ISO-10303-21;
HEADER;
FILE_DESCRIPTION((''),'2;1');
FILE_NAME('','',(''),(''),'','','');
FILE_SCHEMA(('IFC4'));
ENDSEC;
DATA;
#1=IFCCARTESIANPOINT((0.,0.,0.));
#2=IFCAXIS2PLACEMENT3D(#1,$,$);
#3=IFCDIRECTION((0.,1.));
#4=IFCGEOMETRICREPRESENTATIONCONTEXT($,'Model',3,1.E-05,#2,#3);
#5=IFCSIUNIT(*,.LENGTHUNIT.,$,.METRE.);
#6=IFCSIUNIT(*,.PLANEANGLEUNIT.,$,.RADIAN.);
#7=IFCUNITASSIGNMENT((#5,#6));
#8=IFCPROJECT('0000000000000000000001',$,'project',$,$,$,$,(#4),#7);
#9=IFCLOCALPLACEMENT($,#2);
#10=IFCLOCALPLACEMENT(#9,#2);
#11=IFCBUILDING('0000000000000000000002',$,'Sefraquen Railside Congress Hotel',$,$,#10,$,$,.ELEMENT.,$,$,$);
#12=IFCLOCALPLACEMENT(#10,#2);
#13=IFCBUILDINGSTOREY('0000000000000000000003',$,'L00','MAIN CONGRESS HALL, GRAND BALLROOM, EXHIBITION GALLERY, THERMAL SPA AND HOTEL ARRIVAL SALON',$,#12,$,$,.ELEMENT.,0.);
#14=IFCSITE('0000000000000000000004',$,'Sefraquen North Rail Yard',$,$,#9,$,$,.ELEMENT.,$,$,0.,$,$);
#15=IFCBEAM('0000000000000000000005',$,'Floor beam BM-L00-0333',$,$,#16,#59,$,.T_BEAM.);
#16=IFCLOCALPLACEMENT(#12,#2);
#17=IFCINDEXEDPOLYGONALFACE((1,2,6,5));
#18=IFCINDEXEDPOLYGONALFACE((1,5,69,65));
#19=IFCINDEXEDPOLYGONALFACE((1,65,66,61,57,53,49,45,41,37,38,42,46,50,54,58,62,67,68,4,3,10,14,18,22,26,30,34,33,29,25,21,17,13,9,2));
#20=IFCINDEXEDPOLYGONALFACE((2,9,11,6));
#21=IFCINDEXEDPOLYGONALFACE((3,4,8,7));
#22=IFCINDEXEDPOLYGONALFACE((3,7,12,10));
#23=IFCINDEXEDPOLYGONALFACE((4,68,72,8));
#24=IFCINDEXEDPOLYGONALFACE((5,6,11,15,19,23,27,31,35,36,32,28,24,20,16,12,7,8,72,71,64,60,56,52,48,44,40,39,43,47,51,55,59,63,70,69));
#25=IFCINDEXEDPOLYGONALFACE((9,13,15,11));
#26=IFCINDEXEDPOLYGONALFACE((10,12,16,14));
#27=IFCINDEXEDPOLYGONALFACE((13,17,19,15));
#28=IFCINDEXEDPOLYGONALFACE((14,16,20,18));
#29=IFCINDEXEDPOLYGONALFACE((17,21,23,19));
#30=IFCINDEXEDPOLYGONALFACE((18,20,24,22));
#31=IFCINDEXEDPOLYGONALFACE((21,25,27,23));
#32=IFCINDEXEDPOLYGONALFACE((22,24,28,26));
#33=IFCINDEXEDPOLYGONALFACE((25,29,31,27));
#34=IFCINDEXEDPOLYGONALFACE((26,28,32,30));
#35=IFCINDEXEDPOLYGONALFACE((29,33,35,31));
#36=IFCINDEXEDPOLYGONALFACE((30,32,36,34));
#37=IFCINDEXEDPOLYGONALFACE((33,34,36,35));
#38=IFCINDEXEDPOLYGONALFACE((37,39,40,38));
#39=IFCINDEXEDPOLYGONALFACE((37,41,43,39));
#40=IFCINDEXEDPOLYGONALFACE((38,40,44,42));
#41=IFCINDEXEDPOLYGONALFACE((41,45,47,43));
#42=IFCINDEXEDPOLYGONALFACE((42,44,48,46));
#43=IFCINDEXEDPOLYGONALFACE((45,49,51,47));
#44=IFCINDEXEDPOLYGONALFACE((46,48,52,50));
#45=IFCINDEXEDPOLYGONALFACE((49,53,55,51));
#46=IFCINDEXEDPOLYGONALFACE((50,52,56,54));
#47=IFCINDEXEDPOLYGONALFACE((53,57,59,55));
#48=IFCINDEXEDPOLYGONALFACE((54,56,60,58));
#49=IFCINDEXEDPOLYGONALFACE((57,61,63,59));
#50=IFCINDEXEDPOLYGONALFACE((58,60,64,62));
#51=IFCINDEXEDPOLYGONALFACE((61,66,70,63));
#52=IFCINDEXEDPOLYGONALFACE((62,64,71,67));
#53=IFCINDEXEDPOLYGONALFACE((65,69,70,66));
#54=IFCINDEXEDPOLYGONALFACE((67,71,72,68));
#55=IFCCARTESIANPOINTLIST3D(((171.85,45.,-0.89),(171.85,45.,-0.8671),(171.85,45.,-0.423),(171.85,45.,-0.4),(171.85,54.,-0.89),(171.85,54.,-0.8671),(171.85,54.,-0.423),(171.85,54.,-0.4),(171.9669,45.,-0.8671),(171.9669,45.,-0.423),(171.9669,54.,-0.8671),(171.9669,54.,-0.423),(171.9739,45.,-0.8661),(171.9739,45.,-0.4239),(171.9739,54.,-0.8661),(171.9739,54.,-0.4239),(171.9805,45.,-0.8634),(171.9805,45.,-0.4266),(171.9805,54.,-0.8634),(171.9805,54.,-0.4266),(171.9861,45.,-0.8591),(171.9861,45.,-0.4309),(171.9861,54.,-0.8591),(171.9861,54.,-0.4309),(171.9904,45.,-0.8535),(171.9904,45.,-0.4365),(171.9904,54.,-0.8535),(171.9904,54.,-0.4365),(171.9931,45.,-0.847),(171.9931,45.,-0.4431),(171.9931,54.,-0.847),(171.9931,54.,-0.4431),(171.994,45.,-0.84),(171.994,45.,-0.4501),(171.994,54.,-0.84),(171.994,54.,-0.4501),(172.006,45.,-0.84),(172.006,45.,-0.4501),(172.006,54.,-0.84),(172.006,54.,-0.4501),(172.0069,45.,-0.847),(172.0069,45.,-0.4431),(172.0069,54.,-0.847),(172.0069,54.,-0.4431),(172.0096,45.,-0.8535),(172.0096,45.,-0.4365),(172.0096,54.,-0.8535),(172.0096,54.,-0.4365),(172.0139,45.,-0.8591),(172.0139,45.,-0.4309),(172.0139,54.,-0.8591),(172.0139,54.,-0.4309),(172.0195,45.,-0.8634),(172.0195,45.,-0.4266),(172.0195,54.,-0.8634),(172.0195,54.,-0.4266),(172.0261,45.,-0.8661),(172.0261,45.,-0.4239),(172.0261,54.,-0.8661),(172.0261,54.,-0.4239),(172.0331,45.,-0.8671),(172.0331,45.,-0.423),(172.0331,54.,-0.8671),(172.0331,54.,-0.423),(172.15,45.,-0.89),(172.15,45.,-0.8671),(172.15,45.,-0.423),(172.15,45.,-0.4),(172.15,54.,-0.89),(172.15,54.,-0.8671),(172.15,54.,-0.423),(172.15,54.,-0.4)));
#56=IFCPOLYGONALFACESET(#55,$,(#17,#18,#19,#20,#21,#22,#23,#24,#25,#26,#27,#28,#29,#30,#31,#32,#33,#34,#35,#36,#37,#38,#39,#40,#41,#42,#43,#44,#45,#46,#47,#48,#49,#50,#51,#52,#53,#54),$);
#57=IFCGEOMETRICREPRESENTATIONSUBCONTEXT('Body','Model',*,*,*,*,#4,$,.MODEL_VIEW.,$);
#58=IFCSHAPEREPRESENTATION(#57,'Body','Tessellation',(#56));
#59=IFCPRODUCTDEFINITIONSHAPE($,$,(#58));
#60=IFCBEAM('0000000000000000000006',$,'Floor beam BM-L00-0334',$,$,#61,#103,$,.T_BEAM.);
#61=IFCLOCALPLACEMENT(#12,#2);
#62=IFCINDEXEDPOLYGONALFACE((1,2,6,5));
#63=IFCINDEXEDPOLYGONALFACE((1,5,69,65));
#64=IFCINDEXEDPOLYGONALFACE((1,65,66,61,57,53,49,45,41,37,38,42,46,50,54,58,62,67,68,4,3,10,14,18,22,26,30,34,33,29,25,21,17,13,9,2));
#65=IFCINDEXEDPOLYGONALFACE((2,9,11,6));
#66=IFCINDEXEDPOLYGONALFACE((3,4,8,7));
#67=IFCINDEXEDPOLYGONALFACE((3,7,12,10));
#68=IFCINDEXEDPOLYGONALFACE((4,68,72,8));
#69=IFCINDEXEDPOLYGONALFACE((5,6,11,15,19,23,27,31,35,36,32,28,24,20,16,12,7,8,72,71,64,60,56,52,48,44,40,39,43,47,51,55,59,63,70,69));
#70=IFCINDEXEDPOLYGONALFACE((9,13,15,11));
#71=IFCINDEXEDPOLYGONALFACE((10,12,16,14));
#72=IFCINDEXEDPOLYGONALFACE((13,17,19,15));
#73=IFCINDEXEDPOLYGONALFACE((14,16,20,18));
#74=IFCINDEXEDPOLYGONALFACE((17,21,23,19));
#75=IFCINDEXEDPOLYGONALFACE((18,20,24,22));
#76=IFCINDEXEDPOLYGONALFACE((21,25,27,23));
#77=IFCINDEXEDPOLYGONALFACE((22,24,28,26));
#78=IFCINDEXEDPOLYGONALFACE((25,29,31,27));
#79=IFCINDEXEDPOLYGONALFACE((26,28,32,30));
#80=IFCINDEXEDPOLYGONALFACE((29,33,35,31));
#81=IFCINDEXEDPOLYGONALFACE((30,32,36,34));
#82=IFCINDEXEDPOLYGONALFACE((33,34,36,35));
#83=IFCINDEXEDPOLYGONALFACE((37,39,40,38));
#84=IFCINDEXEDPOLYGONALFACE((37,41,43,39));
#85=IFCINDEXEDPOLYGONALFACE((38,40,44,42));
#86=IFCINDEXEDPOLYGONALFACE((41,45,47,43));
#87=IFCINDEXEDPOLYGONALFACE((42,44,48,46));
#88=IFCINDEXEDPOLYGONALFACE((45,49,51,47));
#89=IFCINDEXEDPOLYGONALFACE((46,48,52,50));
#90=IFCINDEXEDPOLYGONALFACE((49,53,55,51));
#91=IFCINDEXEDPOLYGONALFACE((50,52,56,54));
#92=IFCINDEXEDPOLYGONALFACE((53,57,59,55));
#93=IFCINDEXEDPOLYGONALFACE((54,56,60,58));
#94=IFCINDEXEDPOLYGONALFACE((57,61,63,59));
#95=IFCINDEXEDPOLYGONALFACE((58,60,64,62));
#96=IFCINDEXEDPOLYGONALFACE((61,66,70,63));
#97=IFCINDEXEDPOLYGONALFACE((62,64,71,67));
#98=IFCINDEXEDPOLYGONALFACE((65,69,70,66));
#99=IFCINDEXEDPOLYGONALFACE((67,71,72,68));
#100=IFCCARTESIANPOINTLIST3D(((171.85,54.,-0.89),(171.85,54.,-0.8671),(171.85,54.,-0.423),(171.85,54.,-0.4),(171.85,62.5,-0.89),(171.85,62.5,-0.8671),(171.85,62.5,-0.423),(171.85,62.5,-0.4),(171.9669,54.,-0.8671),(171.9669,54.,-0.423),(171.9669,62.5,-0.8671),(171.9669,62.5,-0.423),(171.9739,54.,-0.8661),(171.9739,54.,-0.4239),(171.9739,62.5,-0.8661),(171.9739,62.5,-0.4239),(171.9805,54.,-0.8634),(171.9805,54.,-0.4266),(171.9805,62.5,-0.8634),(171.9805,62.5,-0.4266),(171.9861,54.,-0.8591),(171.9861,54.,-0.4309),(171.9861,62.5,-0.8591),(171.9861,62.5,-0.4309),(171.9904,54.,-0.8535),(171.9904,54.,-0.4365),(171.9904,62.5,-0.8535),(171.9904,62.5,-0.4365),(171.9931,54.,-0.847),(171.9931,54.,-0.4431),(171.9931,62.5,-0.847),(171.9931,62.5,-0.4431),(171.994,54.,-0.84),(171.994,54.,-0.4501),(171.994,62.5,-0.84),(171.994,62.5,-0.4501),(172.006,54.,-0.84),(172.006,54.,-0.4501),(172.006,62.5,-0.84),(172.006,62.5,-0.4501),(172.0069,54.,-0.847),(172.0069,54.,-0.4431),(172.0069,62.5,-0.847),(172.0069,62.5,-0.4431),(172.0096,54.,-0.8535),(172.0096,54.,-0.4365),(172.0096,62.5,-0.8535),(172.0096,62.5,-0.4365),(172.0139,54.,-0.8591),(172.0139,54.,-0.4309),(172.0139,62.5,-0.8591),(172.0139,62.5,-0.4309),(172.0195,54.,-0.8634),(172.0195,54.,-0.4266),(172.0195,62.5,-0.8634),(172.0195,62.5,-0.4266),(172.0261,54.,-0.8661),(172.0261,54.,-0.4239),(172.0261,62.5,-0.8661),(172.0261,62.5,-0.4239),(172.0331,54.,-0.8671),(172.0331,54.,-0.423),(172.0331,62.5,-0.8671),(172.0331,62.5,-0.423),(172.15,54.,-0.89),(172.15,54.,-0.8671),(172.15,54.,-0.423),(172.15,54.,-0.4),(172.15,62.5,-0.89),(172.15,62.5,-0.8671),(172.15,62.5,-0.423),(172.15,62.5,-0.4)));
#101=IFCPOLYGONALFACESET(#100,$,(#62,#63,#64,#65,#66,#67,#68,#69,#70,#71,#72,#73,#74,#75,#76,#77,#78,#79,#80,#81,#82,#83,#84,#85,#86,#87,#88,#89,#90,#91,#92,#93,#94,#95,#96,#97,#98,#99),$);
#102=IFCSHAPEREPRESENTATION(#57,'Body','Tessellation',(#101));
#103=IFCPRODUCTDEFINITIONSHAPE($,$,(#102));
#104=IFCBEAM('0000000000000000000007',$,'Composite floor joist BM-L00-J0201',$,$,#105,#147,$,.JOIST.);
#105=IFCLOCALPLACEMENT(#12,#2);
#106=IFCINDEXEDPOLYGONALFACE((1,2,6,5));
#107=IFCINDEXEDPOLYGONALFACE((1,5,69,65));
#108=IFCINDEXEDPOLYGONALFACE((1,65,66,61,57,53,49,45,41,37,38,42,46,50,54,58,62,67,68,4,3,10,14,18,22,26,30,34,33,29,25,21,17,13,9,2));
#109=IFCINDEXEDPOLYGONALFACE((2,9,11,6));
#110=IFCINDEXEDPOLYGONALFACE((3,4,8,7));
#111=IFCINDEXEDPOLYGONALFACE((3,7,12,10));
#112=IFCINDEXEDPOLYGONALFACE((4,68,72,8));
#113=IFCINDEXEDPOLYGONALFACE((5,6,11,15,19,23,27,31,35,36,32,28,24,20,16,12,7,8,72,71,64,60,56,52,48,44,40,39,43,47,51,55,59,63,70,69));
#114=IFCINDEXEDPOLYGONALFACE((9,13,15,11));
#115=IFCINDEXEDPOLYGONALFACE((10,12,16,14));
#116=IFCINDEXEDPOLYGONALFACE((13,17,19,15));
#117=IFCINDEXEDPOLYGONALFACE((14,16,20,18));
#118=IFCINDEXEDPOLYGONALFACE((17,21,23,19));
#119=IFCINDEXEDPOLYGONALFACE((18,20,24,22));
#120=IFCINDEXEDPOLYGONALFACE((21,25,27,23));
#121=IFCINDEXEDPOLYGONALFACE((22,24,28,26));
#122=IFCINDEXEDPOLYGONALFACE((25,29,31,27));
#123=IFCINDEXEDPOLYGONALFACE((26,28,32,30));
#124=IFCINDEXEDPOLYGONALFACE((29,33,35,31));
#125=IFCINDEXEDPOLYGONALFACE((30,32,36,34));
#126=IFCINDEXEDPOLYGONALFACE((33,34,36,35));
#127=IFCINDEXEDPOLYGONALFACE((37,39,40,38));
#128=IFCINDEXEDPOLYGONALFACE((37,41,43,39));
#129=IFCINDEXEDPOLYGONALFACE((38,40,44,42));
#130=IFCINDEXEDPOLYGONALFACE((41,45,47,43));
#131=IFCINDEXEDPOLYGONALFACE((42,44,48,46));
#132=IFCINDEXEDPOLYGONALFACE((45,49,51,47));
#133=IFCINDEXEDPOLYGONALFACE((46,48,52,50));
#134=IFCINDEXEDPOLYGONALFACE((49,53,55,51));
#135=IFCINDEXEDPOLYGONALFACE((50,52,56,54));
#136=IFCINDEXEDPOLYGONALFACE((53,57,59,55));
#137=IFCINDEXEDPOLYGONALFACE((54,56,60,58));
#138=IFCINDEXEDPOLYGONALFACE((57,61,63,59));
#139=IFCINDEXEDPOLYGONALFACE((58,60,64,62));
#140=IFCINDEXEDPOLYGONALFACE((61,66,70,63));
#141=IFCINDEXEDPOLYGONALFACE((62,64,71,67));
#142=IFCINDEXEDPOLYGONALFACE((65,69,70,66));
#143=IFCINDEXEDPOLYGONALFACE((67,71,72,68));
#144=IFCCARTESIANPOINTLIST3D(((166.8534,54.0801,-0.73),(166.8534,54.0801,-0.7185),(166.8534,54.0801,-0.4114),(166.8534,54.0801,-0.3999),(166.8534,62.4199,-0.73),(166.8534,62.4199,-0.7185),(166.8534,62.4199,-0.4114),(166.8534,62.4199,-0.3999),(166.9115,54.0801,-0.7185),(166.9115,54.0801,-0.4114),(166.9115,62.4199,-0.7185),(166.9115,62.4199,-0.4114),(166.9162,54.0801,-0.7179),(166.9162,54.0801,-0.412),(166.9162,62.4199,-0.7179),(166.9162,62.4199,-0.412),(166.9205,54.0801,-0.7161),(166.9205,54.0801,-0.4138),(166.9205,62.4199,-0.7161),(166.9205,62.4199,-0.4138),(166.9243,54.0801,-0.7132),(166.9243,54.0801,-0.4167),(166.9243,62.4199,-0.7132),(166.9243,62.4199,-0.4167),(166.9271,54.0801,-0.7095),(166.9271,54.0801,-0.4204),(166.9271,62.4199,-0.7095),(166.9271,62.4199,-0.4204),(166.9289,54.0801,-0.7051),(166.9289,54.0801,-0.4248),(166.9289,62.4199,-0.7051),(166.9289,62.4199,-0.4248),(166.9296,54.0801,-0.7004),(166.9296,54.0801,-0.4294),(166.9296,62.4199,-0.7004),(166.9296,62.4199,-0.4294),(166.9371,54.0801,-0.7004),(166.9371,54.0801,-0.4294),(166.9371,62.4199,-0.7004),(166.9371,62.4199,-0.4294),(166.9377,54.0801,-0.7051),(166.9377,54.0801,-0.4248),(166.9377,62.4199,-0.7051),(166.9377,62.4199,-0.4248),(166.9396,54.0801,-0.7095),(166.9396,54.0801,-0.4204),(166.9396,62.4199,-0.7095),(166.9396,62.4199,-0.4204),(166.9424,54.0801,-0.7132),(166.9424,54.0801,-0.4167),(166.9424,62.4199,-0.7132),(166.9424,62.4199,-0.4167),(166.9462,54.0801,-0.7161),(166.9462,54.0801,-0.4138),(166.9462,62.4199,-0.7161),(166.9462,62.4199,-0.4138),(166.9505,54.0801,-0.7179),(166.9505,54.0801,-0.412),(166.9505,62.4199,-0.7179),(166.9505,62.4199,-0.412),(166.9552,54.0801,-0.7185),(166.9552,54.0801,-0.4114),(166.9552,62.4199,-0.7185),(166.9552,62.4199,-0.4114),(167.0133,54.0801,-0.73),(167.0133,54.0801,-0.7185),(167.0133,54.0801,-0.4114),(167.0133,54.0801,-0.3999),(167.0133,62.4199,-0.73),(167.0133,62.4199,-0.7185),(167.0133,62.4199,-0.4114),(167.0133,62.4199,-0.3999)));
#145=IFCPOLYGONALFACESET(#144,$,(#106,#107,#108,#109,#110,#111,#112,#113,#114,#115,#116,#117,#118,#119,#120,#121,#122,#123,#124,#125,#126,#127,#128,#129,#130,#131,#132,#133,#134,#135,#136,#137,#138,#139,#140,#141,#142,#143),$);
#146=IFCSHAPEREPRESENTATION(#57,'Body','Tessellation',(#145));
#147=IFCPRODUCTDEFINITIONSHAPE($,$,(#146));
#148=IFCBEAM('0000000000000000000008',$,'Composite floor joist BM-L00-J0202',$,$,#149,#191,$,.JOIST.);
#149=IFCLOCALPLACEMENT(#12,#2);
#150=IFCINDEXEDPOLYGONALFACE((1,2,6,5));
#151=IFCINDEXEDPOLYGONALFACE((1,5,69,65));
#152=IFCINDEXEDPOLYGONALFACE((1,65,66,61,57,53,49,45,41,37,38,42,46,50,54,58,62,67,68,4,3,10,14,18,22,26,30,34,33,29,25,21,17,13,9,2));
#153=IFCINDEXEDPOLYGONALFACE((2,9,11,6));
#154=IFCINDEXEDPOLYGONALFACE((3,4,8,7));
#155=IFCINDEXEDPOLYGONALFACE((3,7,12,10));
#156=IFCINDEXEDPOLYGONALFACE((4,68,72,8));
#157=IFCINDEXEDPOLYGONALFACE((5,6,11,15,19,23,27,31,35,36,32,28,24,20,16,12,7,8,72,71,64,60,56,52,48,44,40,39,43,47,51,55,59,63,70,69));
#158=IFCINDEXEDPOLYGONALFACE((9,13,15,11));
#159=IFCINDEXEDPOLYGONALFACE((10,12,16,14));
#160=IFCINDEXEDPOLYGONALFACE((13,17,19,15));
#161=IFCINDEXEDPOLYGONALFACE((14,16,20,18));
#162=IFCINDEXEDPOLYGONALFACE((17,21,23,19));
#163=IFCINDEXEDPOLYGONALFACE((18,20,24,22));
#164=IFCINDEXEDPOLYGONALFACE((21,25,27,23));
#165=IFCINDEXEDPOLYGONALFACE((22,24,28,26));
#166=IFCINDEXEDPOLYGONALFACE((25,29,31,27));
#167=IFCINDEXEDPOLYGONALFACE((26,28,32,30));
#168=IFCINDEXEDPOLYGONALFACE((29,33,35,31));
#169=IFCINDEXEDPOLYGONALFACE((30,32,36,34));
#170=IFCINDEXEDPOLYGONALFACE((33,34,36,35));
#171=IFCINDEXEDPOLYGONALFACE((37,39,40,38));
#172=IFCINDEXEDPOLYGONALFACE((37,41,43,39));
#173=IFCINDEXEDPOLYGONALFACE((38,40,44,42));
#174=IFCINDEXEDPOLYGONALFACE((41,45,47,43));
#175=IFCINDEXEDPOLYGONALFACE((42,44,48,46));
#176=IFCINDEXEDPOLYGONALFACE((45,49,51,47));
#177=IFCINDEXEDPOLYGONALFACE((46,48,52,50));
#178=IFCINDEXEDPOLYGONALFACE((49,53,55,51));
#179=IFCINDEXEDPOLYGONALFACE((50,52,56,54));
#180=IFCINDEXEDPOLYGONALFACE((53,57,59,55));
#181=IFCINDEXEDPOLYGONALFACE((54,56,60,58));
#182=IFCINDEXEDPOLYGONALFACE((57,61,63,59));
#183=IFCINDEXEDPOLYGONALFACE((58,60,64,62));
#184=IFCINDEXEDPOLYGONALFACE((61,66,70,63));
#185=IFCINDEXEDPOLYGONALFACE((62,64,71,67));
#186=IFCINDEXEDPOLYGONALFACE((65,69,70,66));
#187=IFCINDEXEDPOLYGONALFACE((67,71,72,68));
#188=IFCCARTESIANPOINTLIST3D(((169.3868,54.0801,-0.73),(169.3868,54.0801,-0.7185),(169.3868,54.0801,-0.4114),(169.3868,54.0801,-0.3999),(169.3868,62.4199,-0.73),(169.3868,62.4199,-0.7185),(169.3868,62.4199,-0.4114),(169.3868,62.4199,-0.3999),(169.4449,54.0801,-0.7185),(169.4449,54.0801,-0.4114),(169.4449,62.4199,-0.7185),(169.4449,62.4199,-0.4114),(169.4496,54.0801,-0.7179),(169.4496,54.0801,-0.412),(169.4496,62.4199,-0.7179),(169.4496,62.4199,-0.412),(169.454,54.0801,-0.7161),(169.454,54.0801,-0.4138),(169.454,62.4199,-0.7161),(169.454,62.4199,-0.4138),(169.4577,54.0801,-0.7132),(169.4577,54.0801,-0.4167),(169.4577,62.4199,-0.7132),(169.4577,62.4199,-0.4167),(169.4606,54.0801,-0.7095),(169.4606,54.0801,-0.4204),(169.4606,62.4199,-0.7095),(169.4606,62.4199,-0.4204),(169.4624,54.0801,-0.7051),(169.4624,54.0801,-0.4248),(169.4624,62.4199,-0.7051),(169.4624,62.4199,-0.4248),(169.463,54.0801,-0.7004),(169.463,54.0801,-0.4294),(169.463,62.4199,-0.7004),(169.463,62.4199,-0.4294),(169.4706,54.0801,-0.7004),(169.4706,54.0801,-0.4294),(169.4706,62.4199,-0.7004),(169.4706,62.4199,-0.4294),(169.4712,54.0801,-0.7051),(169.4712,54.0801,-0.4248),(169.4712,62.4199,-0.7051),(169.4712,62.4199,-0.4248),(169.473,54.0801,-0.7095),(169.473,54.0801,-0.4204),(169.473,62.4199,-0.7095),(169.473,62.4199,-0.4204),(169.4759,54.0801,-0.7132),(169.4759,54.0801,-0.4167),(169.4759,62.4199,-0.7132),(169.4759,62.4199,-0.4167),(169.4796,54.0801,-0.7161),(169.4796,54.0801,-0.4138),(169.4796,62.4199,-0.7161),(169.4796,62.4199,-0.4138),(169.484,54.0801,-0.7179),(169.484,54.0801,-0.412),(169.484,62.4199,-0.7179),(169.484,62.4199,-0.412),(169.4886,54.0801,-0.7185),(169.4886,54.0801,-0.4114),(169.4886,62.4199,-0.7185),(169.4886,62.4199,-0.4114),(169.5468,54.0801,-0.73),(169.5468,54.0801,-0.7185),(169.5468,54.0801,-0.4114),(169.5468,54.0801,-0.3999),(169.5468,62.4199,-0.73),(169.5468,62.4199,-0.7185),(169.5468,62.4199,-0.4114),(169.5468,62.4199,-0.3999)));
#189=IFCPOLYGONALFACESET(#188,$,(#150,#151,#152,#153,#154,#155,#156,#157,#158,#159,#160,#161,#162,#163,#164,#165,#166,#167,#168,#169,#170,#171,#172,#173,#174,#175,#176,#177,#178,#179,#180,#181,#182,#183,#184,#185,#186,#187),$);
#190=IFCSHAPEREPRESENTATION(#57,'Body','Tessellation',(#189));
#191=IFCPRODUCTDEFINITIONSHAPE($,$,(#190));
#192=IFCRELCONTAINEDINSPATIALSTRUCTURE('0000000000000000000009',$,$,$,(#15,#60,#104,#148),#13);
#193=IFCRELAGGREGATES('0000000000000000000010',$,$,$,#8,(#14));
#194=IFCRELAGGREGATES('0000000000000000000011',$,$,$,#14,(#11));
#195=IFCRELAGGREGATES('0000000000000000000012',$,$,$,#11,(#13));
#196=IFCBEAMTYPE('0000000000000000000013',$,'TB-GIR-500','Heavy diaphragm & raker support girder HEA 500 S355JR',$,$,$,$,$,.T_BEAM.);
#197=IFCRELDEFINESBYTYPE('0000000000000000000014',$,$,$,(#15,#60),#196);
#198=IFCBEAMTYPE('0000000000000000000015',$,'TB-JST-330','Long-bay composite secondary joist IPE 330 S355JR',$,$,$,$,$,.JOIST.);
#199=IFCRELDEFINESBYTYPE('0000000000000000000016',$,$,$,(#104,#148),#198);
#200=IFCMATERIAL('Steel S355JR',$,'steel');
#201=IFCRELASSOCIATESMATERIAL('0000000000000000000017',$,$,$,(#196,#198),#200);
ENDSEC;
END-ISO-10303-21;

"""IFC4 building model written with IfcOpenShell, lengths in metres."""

from ifc_helpers import new_model, si_unit, direction, frame, origin, origin_2d, place, context, subcontext, project, spatial, i_section, extrude, material, material_profile, profile_set, type_object, element, save


model = new_model("IFC4")

# Units and contexts
model_context = context("Model", 3, precision=1e-05, world=origin(), true_north=direction((0.0, 1.0)))
body_context = subcontext(model_context, "Body", "Model", "MODEL_VIEW")
ifc_project = project(units=[si_unit("LENGTHUNIT", "METRE"), si_unit("PLANEANGLEUNIT", "RADIAN")], contexts=[model_context])

# Site, building, storey
site_placement = place(None, origin())
site = spatial("IfcSite", under=ifc_project, at=site_placement, Name="Sefraquen North Rail Yard", CompositionType="ELEMENT", RefElevation=0.0)
building_placement = place(site_placement, origin())
building = spatial("IfcBuilding", under=site, at=building_placement, Name="Sefraquen Railside Congress Hotel", CompositionType="ELEMENT")
storey_placement = place(building_placement, origin())
storey = spatial("IfcBuildingStorey", under=building, at=storey_placement, Name="L00", Description="MAIN CONGRESS HALL, GRAND BALLROOM, EXHIBITION GALLERY, THERMAL SPA AND HOTEL ARRIVAL SALON", CompositionType="ELEMENT", Elevation=0.0)

# Shared definitions
ifc_material_1 = material(Name="Steel S355JR", Category="steel")

# Beams
ifc_material_profile_1 = material_profile(ifc_material_1, i_section(OverallWidth=0.3, OverallDepth=0.49, WebThickness=0.012, FlangeThickness=0.0229, FilletRadius=0.0271, at=origin_2d()), Name="HEA 500")
ifc_profile_set_1 = profile_set([ifc_material_profile_1], Name="Steel S355JR")
beam_type_1 = type_object("IfcBeamType", Name="TB-GIR-500", Description="Heavy diaphragm & raker support girder HEA 500 S355JR", PredefinedType="T_BEAM", material=ifc_profile_set_1)
beam_1_placement = place(storey_placement, frame((172.0, 45.0, -0.645), z_axis=(0.0, 1.0, 0.0), x_axis=(-1.0, 0.0, 0.0)))
element("IfcBeam", 1, at=beam_1_placement, inside=storey, type_object=beam_type_1, Name="Floor beam BM-L00-0333", PredefinedType="T_BEAM", context=body_context, shape_type="SweptSolid", body=[
    extrude(i_section(OverallWidth=0.3, OverallDepth=0.49, WebThickness=0.012, FlangeThickness=0.0229, FilletRadius=0.0271, at=origin_2d()), origin(), (0.0, 0.0, 1.0), 9.0),
])
beam_2_placement = place(storey_placement, frame((172.0, 54.0, -0.645), z_axis=(0.0, 1.0, 0.0), x_axis=(-1.0, 0.0, 0.0)))
element("IfcBeam", 2, at=beam_2_placement, inside=storey, type_object=beam_type_1, Name="Floor beam BM-L00-0334", PredefinedType="T_BEAM", context=body_context, shape_type="SweptSolid", body=[
    extrude(i_section(OverallWidth=0.3, OverallDepth=0.49, WebThickness=0.012, FlangeThickness=0.0229, FilletRadius=0.0271, at=origin_2d()), origin(), (0.0, 0.0, 1.0), 8.5),
])
ifc_material_profile_2 = material_profile(ifc_material_1, i_section(OverallWidth=0.1599, OverallDepth=0.3301, WebThickness=0.0076, FlangeThickness=0.0115, FilletRadius=0.0181, at=origin_2d()), Name="IPE 330")
ifc_profile_set_2 = profile_set([ifc_material_profile_2], Name="Steel S355JR")
beam_type_2 = type_object("IfcBeamType", Name="TB-JST-330", Description="Long-bay composite secondary joist IPE 330 S355JR", PredefinedType="JOIST", material=ifc_profile_set_2)
for number, where, z_axis, x_axis, name in (
    (3, (166.9333, 54.0801, -0.5649), (0.0, 1.0, 0.0), (-1.0, 0.0, 0.0), "Composite floor joist BM-L00-J0201"),
    (4, (169.4668, 54.0801, -0.5649), (0.0, 1.0, 0.0), (-1.0, 0.0, 0.0), "Composite floor joist BM-L00-J0202"),
):
    element("IfcBeam", number, at=place(storey_placement, frame(where, z_axis=z_axis, x_axis=x_axis)), inside=storey, type_object=beam_type_2, Name=name, PredefinedType="JOIST", context=body_context, shape_type="SweptSolid", body=[
        extrude(i_section(OverallWidth=0.1599, OverallDepth=0.3301, WebThickness=0.0076, FlangeThickness=0.0115, FilletRadius=0.0181, at=origin_2d()), origin(), (0.0, 0.0, 1.0), 8.3398),
    ])

save(model, "model.ifc")
